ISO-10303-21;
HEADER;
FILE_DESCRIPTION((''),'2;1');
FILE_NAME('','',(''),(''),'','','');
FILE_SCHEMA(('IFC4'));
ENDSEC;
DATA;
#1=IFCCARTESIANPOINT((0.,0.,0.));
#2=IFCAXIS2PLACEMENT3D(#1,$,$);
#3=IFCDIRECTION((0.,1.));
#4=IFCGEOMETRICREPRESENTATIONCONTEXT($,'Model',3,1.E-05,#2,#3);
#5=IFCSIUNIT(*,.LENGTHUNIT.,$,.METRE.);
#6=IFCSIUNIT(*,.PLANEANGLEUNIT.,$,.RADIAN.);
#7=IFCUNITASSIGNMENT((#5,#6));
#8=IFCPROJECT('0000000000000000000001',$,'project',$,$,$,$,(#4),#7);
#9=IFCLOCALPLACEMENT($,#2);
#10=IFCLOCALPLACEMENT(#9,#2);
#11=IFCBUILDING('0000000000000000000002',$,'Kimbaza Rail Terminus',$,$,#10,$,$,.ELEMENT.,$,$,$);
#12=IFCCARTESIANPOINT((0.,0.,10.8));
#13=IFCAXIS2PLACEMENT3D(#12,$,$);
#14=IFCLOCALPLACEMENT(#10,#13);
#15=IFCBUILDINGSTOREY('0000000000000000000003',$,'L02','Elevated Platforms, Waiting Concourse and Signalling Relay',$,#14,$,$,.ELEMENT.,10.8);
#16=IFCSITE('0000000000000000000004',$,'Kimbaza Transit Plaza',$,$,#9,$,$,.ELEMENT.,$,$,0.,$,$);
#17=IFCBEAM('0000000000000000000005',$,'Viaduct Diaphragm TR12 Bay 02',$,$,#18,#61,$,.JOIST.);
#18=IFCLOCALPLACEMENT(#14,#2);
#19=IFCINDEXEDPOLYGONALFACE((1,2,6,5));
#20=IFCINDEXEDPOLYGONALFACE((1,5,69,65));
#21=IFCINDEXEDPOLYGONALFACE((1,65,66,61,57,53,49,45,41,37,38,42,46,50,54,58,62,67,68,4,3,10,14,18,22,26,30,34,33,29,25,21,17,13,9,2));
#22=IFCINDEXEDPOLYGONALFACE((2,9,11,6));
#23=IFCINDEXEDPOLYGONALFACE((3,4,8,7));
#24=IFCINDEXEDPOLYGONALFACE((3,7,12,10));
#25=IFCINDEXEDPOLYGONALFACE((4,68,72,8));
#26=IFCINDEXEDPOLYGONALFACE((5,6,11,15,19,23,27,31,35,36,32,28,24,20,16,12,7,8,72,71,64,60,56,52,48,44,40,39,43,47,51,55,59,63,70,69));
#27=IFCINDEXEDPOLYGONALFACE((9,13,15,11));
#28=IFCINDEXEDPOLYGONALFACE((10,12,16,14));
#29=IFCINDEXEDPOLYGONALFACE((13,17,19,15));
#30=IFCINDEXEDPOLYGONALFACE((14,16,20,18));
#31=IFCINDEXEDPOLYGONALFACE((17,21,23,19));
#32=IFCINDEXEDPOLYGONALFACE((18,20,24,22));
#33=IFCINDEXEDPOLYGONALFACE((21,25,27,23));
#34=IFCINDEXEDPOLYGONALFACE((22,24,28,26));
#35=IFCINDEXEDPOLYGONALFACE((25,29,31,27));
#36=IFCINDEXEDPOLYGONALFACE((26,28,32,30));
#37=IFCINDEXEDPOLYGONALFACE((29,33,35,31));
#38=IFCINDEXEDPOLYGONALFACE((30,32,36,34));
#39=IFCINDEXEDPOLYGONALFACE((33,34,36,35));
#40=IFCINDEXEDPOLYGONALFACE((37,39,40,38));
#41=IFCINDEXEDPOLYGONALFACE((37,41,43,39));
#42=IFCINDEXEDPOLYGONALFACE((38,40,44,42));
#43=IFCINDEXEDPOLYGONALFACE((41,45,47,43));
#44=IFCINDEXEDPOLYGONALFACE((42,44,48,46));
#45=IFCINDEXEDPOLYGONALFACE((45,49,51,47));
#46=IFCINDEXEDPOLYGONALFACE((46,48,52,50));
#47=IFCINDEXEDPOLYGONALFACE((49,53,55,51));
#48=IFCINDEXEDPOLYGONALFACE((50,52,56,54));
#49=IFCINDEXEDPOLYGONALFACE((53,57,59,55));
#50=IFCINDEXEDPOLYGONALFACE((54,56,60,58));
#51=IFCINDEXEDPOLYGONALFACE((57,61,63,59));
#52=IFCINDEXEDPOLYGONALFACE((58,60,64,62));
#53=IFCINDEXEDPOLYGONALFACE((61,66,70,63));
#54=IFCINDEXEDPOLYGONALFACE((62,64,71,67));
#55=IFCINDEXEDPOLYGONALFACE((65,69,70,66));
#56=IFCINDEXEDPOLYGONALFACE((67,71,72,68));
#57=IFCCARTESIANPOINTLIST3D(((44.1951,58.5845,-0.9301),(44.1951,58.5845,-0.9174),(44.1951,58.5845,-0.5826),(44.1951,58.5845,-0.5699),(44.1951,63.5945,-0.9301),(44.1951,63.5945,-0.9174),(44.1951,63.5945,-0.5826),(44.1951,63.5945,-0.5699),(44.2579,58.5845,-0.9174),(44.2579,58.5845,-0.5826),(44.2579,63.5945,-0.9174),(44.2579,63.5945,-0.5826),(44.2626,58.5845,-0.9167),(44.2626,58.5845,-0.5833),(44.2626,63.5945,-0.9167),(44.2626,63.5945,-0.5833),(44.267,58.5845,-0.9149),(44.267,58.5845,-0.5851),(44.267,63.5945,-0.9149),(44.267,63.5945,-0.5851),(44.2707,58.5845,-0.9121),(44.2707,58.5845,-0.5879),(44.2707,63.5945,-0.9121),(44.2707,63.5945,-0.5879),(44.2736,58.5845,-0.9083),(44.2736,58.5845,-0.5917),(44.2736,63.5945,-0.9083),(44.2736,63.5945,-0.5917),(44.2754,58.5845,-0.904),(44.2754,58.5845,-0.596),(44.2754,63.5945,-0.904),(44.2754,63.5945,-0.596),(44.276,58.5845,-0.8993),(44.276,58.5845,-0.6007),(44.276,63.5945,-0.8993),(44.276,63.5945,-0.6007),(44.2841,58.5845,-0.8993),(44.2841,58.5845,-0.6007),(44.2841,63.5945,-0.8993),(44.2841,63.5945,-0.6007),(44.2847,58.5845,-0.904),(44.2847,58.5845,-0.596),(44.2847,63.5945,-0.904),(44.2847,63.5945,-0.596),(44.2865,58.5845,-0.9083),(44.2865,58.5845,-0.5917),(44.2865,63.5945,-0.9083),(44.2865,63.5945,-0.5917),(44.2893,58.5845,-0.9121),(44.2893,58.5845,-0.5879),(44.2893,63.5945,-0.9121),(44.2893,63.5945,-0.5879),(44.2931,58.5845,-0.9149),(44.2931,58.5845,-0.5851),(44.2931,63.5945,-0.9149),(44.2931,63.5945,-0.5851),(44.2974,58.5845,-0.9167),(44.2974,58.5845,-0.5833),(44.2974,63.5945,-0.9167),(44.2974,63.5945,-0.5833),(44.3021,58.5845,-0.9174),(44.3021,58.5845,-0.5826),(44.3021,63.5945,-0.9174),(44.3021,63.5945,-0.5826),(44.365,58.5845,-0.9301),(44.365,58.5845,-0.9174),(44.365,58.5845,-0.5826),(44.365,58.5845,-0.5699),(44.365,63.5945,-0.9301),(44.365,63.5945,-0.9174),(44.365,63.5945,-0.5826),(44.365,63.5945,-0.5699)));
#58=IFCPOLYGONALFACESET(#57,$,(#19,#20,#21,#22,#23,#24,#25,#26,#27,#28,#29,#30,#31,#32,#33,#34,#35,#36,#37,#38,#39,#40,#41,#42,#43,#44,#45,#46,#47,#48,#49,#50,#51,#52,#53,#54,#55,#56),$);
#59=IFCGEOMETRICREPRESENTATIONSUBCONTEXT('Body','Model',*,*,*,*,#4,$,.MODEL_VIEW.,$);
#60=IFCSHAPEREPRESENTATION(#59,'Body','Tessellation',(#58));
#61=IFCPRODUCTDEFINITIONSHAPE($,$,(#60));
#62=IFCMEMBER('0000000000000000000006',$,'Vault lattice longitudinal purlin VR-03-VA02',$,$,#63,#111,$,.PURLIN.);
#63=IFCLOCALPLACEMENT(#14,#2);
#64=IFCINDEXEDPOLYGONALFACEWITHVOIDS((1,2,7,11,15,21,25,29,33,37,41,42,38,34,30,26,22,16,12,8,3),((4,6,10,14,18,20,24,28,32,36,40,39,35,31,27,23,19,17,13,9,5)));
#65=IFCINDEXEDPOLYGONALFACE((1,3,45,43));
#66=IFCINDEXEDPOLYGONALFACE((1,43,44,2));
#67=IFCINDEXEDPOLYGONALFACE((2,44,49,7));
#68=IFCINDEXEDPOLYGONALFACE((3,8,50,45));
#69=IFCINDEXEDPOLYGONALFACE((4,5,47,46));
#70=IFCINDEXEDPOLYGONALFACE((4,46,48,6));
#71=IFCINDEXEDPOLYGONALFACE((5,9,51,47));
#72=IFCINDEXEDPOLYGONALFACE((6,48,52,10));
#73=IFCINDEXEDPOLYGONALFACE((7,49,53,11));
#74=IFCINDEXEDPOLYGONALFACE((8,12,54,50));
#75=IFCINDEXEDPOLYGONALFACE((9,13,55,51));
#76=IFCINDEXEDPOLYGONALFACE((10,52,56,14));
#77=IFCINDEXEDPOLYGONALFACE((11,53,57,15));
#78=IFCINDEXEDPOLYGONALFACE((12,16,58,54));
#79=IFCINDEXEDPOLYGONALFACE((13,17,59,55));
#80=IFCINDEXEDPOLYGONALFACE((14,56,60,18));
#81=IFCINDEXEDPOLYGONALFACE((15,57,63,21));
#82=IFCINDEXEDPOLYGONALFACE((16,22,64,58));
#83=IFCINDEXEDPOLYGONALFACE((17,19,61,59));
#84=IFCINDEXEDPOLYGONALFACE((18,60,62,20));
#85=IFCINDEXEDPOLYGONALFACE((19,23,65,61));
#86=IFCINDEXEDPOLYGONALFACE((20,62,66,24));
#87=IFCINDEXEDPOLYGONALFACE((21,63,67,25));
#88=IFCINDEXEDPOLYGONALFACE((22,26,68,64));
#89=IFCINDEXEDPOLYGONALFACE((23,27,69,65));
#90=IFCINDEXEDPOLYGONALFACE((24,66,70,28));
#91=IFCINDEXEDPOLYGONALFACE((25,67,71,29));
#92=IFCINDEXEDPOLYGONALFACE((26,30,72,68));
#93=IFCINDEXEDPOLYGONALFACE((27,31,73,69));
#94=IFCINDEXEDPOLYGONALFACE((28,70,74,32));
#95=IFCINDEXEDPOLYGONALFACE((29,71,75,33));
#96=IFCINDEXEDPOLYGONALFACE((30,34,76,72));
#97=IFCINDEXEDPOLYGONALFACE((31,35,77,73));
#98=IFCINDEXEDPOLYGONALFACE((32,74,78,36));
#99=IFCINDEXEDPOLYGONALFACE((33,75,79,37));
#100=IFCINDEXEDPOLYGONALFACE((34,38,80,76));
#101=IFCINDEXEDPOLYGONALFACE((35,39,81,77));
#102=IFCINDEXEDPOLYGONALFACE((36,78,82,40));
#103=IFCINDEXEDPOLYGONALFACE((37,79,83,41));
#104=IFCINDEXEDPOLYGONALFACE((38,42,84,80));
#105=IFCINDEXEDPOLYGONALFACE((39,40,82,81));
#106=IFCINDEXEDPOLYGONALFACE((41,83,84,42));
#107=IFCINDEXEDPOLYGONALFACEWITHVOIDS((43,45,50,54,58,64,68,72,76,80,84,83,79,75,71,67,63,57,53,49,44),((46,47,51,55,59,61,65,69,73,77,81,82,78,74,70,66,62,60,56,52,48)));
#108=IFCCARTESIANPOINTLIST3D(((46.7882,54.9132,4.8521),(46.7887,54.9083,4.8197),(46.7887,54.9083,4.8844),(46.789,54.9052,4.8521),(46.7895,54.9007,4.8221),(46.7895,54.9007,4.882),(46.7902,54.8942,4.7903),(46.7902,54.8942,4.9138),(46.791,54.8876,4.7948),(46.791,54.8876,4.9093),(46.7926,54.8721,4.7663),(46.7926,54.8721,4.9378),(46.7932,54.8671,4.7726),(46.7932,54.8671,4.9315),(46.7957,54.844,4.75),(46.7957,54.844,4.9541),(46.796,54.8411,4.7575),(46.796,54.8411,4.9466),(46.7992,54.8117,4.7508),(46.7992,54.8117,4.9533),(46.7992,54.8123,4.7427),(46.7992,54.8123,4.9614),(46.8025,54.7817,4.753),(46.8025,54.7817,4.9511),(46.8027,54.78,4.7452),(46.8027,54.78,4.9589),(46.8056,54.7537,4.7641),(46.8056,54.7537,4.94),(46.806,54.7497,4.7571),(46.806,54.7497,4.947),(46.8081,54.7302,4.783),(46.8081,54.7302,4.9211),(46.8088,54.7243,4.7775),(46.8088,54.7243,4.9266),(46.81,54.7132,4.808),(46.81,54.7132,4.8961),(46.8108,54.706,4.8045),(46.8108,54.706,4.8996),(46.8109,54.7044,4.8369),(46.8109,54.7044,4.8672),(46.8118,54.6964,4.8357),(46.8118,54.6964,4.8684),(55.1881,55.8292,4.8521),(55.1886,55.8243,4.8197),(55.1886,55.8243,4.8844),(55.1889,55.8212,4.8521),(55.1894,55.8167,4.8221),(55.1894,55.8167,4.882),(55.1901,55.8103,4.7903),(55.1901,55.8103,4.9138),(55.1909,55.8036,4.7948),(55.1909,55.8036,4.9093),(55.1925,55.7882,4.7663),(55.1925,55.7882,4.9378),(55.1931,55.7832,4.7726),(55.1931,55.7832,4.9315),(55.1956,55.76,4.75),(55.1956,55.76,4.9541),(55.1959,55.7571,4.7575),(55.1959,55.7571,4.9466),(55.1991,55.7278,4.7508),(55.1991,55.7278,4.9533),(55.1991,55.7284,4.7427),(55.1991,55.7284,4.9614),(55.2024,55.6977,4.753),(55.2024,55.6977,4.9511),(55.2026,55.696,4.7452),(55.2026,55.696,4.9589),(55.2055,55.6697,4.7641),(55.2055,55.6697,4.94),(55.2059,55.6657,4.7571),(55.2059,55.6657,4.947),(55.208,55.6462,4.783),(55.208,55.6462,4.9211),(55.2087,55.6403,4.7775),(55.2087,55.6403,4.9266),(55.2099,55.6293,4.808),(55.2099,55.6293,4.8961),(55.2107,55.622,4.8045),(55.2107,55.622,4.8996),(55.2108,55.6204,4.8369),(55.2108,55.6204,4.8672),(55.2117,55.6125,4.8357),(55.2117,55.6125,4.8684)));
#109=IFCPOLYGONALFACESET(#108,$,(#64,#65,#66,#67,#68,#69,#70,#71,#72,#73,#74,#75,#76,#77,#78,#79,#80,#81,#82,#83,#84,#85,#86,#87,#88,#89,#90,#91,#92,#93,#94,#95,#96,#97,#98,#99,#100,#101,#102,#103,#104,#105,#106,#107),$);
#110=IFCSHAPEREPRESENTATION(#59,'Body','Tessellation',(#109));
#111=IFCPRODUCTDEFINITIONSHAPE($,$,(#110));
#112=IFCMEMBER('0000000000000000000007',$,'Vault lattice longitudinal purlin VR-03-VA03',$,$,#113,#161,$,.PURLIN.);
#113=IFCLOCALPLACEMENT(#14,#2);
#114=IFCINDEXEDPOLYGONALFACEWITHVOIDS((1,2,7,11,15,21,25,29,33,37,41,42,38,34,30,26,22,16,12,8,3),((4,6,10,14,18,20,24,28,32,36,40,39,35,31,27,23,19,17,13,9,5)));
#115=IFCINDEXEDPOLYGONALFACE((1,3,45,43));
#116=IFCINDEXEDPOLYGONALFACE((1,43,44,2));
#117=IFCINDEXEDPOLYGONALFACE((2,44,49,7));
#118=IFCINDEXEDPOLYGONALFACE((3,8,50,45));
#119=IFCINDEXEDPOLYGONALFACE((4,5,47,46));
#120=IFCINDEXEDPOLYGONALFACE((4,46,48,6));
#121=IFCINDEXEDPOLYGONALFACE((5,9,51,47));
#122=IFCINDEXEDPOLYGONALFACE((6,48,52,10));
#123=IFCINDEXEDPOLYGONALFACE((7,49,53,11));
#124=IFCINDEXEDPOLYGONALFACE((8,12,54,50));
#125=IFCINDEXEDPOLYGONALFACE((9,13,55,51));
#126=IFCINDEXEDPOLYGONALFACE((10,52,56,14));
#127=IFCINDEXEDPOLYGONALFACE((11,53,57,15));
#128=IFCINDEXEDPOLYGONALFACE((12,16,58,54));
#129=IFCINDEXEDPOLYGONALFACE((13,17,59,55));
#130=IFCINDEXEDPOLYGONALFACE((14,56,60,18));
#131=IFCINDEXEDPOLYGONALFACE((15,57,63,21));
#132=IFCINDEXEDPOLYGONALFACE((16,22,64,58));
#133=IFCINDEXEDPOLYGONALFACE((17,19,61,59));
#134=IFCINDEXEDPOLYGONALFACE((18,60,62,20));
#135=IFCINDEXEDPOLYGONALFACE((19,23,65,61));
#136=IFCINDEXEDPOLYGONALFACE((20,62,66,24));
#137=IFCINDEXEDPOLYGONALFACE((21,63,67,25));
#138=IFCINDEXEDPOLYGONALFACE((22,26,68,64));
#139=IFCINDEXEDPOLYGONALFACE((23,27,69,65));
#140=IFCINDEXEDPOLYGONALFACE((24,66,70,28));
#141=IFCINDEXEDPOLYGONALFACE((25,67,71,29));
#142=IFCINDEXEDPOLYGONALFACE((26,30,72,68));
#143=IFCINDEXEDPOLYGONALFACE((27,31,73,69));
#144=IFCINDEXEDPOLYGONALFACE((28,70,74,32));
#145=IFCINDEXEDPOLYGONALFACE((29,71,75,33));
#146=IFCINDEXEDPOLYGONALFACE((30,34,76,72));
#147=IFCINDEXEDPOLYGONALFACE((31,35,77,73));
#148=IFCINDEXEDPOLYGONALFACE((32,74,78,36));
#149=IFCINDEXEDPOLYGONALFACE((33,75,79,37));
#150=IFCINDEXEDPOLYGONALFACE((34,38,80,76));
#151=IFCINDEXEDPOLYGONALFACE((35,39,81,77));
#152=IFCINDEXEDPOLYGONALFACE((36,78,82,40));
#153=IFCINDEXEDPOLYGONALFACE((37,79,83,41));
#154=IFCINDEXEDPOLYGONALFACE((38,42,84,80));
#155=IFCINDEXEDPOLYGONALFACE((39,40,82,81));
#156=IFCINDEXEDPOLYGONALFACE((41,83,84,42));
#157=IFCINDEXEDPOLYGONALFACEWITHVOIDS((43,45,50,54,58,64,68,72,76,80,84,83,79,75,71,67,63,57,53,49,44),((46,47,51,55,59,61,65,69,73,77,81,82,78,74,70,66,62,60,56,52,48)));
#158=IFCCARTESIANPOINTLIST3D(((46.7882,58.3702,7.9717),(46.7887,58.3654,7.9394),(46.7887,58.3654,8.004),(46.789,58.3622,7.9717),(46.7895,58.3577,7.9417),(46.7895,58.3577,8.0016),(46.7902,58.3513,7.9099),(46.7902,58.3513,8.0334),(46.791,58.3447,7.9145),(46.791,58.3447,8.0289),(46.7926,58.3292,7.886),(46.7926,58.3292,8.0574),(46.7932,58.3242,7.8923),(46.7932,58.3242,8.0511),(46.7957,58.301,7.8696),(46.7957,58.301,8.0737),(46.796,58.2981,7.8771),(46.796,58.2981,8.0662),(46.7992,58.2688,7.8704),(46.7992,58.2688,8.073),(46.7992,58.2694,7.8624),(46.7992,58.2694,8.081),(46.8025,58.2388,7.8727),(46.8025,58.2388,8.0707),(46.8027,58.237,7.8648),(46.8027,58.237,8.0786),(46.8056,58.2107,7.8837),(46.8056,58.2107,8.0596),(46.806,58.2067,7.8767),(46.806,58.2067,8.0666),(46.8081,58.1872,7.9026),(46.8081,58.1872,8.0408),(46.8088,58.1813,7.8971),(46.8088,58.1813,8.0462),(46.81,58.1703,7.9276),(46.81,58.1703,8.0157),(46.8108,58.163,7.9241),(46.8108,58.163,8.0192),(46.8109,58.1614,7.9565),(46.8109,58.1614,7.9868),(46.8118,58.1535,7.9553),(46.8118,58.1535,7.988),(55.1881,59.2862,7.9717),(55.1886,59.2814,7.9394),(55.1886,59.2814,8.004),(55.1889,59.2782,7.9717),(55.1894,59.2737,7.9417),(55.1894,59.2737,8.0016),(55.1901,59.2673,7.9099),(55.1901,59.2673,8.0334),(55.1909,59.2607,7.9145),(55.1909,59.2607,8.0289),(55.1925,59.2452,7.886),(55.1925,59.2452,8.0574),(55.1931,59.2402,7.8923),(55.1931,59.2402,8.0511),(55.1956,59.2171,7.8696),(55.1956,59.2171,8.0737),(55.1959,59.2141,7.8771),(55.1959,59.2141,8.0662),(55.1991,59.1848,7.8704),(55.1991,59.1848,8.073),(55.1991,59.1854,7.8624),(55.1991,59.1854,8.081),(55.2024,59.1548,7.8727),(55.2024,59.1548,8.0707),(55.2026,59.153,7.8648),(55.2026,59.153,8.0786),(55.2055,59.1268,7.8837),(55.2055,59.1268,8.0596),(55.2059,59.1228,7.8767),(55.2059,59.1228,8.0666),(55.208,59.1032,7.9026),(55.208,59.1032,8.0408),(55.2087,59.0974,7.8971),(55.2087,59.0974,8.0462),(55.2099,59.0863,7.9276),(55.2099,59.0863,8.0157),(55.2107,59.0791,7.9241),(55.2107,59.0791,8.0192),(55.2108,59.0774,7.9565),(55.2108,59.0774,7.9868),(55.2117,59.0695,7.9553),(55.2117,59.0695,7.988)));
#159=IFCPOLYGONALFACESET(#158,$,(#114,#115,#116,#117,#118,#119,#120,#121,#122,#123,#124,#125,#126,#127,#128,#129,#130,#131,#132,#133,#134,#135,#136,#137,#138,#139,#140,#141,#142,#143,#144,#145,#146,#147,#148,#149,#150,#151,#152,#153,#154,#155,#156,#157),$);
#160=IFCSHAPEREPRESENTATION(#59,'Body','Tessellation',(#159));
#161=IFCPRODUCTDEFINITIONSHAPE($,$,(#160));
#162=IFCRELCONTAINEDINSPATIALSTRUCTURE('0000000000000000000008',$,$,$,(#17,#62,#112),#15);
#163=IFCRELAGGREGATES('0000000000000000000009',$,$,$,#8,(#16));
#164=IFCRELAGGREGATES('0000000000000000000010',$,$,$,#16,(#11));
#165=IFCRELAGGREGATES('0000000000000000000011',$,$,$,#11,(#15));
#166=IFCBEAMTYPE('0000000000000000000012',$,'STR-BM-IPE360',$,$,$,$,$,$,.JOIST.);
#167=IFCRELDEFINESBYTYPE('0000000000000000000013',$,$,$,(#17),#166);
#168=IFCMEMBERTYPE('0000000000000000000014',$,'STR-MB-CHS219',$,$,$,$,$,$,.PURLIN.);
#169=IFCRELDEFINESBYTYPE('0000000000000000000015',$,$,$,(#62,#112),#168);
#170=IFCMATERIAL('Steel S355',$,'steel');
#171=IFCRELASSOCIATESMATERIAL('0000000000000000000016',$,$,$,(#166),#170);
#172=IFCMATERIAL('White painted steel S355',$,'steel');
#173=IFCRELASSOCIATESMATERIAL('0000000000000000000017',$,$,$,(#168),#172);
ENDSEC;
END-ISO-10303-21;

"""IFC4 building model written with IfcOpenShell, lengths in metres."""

from ifc_helpers import new_model, si_unit, direction, frame, origin, origin_2d, place, context, subcontext, project, spatial, hollow_circle, i_section, extrude, material, material_profile, profile_set, type_object, element, save


model = new_model("IFC4")

# Units and contexts
model_context = context("Model", 3, precision=1e-05, world=origin(), true_north=direction((0.0, 1.0)))
body_context = subcontext(model_context, "Body", "Model", "MODEL_VIEW")
ifc_project = project(units=[si_unit("LENGTHUNIT", "METRE"), si_unit("PLANEANGLEUNIT", "RADIAN")], contexts=[model_context])

# Site, building, storey
site_placement = place(None, origin())
site = spatial("IfcSite", under=ifc_project, at=site_placement, Name="Kimbaza Transit Plaza", CompositionType="ELEMENT", RefElevation=0.0)
building_placement = place(site_placement, origin())
building = spatial("IfcBuilding", under=site, at=building_placement, Name="Kimbaza Rail Terminus", CompositionType="ELEMENT")
storey_placement = place(building_placement, frame((0.0, 0.0, 10.8)))
storey = spatial("IfcBuildingStorey", under=building, at=storey_placement, Name="L02", Description="Elevated Platforms, Waiting Concourse and Signalling Relay", CompositionType="ELEMENT", Elevation=10.8)

# Beam
ifc_material_1 = material(Name="Steel S355", Category="steel")
ifc_material_profile_1 = material_profile(ifc_material_1, i_section(OverallWidth=0.1699, OverallDepth=0.3601, WebThickness=0.0081, FlangeThickness=0.0127, FilletRadius=0.0181, at=origin_2d()), Name="IPE 360")
ifc_profile_set_1 = profile_set([ifc_material_profile_1], Name="Steel S355")
beam_type_1 = type_object("IfcBeamType", Name="STR-BM-IPE360", PredefinedType="JOIST", material=ifc_profile_set_1)
beam_placement = place(storey_placement, frame((44.28, 58.5845, -0.75), z_axis=(0.0, 1.0, 0.0), x_axis=(-1.0, 0.0, 0.0)))
element("IfcBeam", 1, at=beam_placement, inside=storey, type_object=beam_type_1, Name="Viaduct Diaphragm TR12 Bay 02", PredefinedType="JOIST", context=body_context, shape_type="SweptSolid", body=[
    extrude(i_section(OverallWidth=0.1699, OverallDepth=0.3601, WebThickness=0.0081, FlangeThickness=0.0127, FilletRadius=0.0181, at=origin_2d()), origin(), (0.0, 0.0, 1.0), 5.01),
])

# Members
ifc_material_2 = material(Name="White painted steel S355", Category="steel")
ifc_material_profile_2 = material_profile(ifc_material_2, hollow_circle(Radius=0.1096, WallThickness=0.0081, at=origin_2d()), Name="CHS 219.1x8")
ifc_profile_set_2 = profile_set([ifc_material_profile_2], Name="White painted steel S355")
member_type_1 = type_object("IfcMemberType", Name="STR-MB-CHS219", PredefinedType="PURLIN", material=ifc_profile_set_2)
for number, where, z_axis, x_axis, name in (
    (2, (46.8, 54.8042, 4.8521), (0.994106, 0.108408, 0.0), (-0.108408, 0.994106, 0.0), "Vault lattice longitudinal purlin VR-03-VA02"),
    (3, (46.8, 58.2612, 7.9717), (0.994106, 0.108408, 0.0), (-0.108408, 0.994106, 0.0), "Vault lattice longitudinal purlin VR-03-VA03"),
):
    element("IfcMember", number, at=place(storey_placement, frame(where, z_axis=z_axis, x_axis=x_axis)), inside=storey, type_object=member_type_1, Name=name, PredefinedType="PURLIN", context=body_context, shape_type="SweptSolid", body=[
        extrude(hollow_circle(Radius=0.1096, WallThickness=0.0081, at=origin_2d()), origin(), (0.0, 0.0, 1.0), 8.4497),
    ])

save(model, "model.ifc")
